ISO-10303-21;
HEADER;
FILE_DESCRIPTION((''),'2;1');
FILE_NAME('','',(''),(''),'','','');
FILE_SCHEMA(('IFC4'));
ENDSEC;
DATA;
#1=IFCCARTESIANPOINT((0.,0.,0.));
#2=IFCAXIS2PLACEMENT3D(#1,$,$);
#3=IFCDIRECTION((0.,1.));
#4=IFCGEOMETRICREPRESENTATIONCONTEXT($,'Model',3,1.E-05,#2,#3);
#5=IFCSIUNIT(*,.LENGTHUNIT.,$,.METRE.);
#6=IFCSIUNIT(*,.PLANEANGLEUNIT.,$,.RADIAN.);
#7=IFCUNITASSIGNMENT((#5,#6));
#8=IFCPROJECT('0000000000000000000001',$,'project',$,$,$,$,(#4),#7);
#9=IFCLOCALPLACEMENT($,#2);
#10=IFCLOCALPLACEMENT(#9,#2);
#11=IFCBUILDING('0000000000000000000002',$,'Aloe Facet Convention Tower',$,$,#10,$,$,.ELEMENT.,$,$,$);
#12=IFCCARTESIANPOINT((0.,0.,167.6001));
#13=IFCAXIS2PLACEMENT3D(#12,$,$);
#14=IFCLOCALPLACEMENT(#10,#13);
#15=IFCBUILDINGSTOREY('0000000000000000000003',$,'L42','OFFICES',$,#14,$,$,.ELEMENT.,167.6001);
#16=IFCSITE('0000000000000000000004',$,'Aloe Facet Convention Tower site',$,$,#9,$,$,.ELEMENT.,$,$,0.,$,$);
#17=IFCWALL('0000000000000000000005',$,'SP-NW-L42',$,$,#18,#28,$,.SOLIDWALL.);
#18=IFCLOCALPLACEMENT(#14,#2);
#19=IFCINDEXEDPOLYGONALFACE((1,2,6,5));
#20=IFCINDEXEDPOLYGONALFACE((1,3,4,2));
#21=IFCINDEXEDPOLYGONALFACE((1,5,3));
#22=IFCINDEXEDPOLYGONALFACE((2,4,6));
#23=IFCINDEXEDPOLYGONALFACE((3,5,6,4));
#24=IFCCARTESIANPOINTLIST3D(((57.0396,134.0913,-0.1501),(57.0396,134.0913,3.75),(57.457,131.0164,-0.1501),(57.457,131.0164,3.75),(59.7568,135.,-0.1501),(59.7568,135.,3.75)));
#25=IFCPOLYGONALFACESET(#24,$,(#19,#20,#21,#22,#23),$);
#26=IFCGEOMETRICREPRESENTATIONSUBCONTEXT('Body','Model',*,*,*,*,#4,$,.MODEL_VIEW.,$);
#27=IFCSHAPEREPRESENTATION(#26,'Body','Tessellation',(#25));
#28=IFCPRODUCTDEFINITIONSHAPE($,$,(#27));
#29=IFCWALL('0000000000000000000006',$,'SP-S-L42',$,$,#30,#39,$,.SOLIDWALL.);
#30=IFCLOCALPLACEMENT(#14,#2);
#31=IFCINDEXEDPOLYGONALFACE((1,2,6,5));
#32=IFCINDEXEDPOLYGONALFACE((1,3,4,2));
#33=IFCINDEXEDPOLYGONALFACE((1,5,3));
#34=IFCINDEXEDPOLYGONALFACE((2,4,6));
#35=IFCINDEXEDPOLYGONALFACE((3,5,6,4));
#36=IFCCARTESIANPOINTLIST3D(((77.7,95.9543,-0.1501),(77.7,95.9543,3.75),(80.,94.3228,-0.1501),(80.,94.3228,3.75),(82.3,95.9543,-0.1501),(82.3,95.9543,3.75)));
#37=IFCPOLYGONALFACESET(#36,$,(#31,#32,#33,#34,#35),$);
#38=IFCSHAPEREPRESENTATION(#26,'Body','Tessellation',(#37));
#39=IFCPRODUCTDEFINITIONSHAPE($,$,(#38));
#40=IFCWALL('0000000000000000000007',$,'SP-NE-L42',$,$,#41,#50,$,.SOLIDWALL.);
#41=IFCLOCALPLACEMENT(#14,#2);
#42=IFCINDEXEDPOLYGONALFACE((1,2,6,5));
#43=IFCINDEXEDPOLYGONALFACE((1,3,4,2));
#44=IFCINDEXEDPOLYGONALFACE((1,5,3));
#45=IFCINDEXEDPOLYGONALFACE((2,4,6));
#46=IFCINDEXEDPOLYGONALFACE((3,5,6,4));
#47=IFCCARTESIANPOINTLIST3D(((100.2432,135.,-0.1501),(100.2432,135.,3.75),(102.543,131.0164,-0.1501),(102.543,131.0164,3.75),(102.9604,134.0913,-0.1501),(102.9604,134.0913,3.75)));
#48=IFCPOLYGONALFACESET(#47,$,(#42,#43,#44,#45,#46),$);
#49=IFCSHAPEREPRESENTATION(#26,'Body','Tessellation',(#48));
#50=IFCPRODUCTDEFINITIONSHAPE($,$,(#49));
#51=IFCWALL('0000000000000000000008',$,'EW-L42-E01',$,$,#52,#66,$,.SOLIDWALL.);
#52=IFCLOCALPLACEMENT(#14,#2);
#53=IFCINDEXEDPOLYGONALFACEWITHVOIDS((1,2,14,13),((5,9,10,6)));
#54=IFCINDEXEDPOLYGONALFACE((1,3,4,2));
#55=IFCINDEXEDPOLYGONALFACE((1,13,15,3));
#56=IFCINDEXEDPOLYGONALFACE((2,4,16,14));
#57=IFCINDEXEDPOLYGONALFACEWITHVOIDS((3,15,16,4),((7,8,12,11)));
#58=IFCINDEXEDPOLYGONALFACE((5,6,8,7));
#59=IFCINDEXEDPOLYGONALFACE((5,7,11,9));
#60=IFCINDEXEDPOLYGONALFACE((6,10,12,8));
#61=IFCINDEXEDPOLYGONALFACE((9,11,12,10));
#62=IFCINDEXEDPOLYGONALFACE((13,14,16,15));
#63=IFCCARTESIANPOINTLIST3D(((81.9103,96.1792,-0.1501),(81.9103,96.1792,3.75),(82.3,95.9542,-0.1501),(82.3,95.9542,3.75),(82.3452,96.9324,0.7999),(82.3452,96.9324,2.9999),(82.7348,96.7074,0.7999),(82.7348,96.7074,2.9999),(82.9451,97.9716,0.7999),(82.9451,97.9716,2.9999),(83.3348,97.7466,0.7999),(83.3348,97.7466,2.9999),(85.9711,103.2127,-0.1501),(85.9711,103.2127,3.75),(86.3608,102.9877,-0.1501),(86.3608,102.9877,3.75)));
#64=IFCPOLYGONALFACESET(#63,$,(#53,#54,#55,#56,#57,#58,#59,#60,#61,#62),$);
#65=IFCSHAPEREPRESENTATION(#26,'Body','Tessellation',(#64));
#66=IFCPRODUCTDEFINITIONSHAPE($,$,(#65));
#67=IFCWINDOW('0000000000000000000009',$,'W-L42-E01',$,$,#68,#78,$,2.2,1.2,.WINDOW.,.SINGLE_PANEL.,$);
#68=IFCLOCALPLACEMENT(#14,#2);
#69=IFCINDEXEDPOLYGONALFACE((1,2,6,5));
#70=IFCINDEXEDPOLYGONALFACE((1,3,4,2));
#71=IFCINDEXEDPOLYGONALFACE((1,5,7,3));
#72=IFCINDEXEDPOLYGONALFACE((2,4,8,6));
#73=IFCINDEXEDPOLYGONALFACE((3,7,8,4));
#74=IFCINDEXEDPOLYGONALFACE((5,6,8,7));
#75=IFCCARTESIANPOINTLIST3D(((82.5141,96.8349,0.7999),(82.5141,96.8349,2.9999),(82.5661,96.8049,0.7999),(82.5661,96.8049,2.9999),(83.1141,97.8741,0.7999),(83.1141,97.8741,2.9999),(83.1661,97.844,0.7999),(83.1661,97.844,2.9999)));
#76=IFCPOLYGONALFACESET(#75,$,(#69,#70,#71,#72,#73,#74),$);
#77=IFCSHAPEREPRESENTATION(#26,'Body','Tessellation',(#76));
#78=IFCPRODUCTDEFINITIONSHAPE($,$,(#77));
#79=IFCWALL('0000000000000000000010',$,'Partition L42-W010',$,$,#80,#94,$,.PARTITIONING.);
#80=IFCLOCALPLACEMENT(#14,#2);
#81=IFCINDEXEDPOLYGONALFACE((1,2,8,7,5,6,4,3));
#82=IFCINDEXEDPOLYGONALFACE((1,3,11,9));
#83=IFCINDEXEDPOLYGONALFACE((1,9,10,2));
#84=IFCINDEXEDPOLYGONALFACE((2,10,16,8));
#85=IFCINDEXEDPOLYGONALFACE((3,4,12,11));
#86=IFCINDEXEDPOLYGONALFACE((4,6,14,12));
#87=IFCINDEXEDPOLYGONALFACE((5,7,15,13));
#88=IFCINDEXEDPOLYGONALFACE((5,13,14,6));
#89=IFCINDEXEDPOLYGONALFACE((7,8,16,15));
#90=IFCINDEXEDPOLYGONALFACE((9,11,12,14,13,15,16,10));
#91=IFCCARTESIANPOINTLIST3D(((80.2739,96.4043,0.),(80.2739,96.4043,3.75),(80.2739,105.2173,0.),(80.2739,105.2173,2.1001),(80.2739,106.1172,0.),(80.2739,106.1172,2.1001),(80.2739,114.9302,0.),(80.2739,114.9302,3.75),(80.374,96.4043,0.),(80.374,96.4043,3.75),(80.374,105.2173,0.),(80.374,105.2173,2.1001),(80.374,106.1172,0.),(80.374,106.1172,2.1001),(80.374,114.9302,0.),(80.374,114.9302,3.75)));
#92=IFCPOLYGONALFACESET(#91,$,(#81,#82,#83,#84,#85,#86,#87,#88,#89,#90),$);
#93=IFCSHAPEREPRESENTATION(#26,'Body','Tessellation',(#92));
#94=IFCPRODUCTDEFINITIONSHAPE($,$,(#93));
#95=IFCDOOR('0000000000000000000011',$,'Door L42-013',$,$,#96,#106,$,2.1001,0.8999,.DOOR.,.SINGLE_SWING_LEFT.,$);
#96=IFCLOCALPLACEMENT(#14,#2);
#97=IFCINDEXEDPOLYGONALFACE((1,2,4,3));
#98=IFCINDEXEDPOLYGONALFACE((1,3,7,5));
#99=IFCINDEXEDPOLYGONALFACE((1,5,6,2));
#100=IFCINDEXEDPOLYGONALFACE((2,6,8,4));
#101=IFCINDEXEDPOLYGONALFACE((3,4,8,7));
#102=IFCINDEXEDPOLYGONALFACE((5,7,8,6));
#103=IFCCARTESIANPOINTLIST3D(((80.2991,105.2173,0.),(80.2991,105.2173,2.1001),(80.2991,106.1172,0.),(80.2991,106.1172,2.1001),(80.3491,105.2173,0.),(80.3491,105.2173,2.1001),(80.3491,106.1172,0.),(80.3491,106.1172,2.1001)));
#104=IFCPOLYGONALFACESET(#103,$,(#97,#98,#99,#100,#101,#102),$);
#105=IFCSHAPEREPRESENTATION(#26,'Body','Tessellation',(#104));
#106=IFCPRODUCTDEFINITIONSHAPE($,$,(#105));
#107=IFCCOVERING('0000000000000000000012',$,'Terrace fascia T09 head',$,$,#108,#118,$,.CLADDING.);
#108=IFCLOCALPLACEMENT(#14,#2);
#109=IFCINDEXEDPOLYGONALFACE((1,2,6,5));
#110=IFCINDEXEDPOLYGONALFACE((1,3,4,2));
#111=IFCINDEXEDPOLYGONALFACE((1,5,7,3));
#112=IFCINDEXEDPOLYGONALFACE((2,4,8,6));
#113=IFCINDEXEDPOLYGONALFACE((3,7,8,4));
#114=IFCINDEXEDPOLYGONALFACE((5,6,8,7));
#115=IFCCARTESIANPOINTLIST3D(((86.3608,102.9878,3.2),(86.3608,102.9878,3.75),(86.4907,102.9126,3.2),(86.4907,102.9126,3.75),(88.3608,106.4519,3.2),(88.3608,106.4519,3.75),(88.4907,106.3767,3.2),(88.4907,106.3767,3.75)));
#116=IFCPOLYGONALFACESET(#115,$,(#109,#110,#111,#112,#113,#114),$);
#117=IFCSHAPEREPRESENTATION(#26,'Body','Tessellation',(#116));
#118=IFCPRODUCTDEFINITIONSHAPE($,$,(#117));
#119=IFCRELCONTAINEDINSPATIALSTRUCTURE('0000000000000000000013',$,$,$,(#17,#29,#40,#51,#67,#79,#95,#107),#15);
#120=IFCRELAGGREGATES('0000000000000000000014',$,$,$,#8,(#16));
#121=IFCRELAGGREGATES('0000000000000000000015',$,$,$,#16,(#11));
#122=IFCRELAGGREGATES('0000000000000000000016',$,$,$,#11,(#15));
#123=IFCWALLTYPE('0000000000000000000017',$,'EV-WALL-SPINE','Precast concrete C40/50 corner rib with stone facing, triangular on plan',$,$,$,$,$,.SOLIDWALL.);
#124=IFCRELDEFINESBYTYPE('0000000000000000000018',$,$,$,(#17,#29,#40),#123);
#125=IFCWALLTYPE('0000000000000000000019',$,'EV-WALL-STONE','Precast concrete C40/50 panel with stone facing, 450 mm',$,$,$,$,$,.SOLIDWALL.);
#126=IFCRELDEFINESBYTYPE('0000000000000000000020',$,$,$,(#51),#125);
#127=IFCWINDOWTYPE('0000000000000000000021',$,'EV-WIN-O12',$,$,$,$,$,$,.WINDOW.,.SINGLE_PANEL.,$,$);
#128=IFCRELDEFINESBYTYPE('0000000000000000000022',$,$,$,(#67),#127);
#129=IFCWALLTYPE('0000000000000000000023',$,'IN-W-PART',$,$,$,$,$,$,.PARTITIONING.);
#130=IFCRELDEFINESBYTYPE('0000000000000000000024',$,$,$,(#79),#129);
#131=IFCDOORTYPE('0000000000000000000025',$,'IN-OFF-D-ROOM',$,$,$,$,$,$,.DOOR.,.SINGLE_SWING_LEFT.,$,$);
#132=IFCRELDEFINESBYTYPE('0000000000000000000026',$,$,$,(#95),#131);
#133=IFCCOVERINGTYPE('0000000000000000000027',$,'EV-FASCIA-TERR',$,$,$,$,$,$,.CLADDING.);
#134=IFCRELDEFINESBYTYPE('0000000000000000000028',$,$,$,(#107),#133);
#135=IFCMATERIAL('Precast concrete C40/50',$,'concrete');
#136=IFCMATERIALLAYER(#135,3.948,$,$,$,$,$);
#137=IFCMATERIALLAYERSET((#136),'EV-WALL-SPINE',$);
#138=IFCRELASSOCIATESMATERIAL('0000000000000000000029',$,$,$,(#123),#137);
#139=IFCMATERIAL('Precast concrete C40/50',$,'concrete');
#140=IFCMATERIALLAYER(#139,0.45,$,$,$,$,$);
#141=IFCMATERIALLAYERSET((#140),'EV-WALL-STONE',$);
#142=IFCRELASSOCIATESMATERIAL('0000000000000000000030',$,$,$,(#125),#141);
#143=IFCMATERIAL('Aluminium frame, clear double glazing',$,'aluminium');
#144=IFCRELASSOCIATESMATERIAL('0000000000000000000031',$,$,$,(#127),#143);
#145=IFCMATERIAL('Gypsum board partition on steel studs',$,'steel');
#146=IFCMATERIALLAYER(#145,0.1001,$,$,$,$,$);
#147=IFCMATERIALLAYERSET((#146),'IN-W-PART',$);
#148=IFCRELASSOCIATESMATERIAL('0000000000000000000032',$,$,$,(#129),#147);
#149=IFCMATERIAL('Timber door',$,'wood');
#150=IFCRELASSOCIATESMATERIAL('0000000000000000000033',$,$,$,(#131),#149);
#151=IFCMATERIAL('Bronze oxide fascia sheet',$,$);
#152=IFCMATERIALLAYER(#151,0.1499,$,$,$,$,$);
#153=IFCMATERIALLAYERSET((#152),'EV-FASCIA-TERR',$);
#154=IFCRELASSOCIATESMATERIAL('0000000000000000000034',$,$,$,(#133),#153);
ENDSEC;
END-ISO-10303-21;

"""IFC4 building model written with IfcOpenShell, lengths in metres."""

from ifc_helpers import new_model, si_unit, direction, frame, frame_2d, origin, place, context, subcontext, project, spatial, polyline, rectangle, outline, extrude, material, layer, layer_set, type_object, element, fill, save


model = new_model("IFC4")

# Units and contexts
model_context = context("Model", 3, precision=1e-05, world=origin(), true_north=direction((0.0, 1.0)))
body_context = subcontext(model_context, "Body", "Model", "MODEL_VIEW")
ifc_project = project(units=[si_unit("LENGTHUNIT", "METRE"), si_unit("PLANEANGLEUNIT", "RADIAN")], contexts=[model_context])

# Site, building, storey
site_placement = place(None, origin())
site = spatial("IfcSite", under=ifc_project, at=site_placement, Name="Aloe Facet Convention Tower site", CompositionType="ELEMENT", RefElevation=0.0)
building_placement = place(site_placement, origin())
building = spatial("IfcBuilding", under=site, at=building_placement, Name="Aloe Facet Convention Tower", CompositionType="ELEMENT")
storey_placement = place(building_placement, frame((0.0, 0.0, 167.6001)))
storey = spatial("IfcBuildingStorey", under=building, at=storey_placement, Name="L42", Description="OFFICES", CompositionType="ELEMENT", Elevation=167.6001)

# Walls
ifc_material_1 = material(Name="Precast concrete C40/50", Category="concrete")
ifc_layer_1 = layer(ifc_material_1, 3.948)
ifc_layer_set_1 = layer_set([ifc_layer_1], Name="EV-WALL-SPINE")
wall_type_1 = type_object("IfcWallType", Name="EV-WALL-SPINE", Description="Precast concrete C40/50 corner rib with stone facing, triangular on plan", PredefinedType="SOLIDWALL", material=ifc_layer_set_1)
wall_1_placement = place(storey_placement, frame((0.0, 0.0, -0.1501)))
element("IfcWall", 1, at=wall_1_placement, inside=storey, type_object=wall_type_1, Name="SP-NW-L42", PredefinedType="SOLIDWALL", context=body_context, shape_type="SweptSolid", body=[
    extrude(outline(polyline([(59.7568, 135.0), (57.0396, 134.0913), (57.457, 131.0164), (59.7568, 135.0)])), origin(), (0.0, 0.0, 1.0), 3.9001),
])
wall_2_placement = place(storey_placement, frame((0.0, 0.0, -0.1501)))
element("IfcWall", 2, at=wall_2_placement, inside=storey, type_object=wall_type_1, Name="SP-S-L42", PredefinedType="SOLIDWALL", context=body_context, shape_type="SweptSolid", body=[
    extrude(outline(polyline([(77.7, 95.9543), (80.0, 94.3228), (82.3, 95.9543), (77.7, 95.9543)])), origin(), (0.0, 0.0, 1.0), 3.9001),
])
wall_3_placement = place(storey_placement, frame((0.0, 0.0, -0.1501)))
element("IfcWall", 3, at=wall_3_placement, inside=storey, type_object=wall_type_1, Name="SP-NE-L42", PredefinedType="SOLIDWALL", context=body_context, shape_type="SweptSolid", body=[
    extrude(outline(polyline([(102.543, 131.0164), (102.9604, 134.0913), (100.2432, 135.0), (102.543, 131.0164)])), origin(), (0.0, 0.0, 1.0), 3.9001),
])

# Wall, opening, window
ifc_material_2 = material(Name="Precast concrete C40/50", Category="concrete")
ifc_layer_2 = layer(ifc_material_2, 0.45)
ifc_layer_set_2 = layer_set([ifc_layer_2], Name="EV-WALL-STONE")
wall_type_2 = type_object("IfcWallType", Name="EV-WALL-STONE", Description="Precast concrete C40/50 panel with stone facing, 450 mm", PredefinedType="SOLIDWALL", material=ifc_layer_set_2)
wall_4_placement = place(storey_placement, frame((82.1052, 96.0667, -0.1501), z_axis=(0.0, 0.0, 1.0), x_axis=(0.500003, 0.866024, 0.0)))
wall_4 = element("IfcWall", 4, at=wall_4_placement, inside=storey, type_object=wall_type_2, Name="EW-L42-E01", PredefinedType="SOLIDWALL", context=body_context, shape_type="SweptSolid", body=[
    extrude(outline(polyline([(0.0, 0.0), (0.0, 3.9001), (8.1216, 3.9001), (8.1216, 0.0), (0.0, 0.0)])), frame((0.0, 0.2251, 0.0), z_axis=(0.0, -1.0, 0.0), x_axis=(1.0, 0.0, 0.0)), (0.0, 0.0, 1.0), 0.45),
])
opening_1_placement = place(wall_4_placement, frame((0.8696, 0.0, 0.95)))
opening_1 = element("IfcOpeningElement", 5, at=opening_1_placement, cuts=wall_4, PredefinedType="OPENING", context=body_context, shape_type="SweptSolid", body=[
    extrude(rectangle(XDim=1.2, YDim=2.2, at=frame_2d((0.6001, 1.1001))), frame((0.0, 0.2349, 0.0), z_axis=(0.0, -1.0, 0.0), x_axis=(1.0, 0.0, 0.0)), (0.0, 0.0, 1.0), 0.47),
])
ifc_material_3 = material(Name="Aluminium frame, clear double glazing", Category="aluminium")
window_type = type_object("IfcWindowType", Name="EV-WIN-O12", PartitioningType="SINGLE_PANEL", PredefinedType="WINDOW", material=ifc_material_3)
window_placement = place(opening_1_placement, origin())
window = element("IfcWindow", 6, at=window_placement, inside=storey, type_object=window_type, Name="W-L42-E01", OverallHeight=2.2, OverallWidth=1.2, PartitioningType="SINGLE_PANEL", PredefinedType="WINDOW", context=body_context, shape_type="SweptSolid", body=[
    extrude(rectangle(XDim=1.2, YDim=2.2, at=frame_2d((0.6001, 1.1001))), frame((0.0, 0.03, 0.0), z_axis=(0.0, -1.0, 0.0), x_axis=(1.0, 0.0, 0.0)), (0.0, 0.0, 1.0), 0.0601),
])
fill(opening_1, window)

# Wall, opening, door
ifc_material_4 = material(Name="Gypsum board partition on steel studs", Category="steel")
ifc_layer_3 = layer(ifc_material_4, 0.1001)
ifc_layer_set_3 = layer_set([ifc_layer_3], Name="IN-W-PART")
wall_type_3 = type_object("IfcWallType", Name="IN-W-PART", PredefinedType="PARTITIONING", material=ifc_layer_set_3)
wall_5_placement = place(storey_placement, frame((80.324, 96.4043, 0.0), z_axis=(0.0, 0.0, 1.0), x_axis=(0.0, 1.0, 0.0)))
wall_5 = element("IfcWall", 7, at=wall_5_placement, inside=storey, type_object=wall_type_3, Name="Partition L42-W010", PredefinedType="PARTITIONING", context=body_context, shape_type="SweptSolid", body=[
    extrude(rectangle(XDim=18.5259, YDim=0.1001, at=frame_2d((9.2629, 0.0))), origin(), (0.0, 0.0, 1.0), 3.75),
])
opening_2_placement = place(wall_5_placement, frame((8.813, 0.0, 0.0)))
opening_2 = element("IfcOpeningElement", 8, at=opening_2_placement, cuts=wall_5, PredefinedType="OPENING", context=body_context, shape_type="SweptSolid", body=[
    extrude(rectangle(XDim=0.8999, YDim=2.1001, at=frame_2d((0.45, 1.05))), frame((0.0, 0.0601, 0.0), z_axis=(0.0, -1.0, 0.0), x_axis=(1.0, 0.0, 0.0)), (0.0, 0.0, 1.0), 0.1201),
])
ifc_material_5 = material(Name="Timber door", Category="wood")
door_type = type_object("IfcDoorType", Name="IN-OFF-D-ROOM", OperationType="SINGLE_SWING_LEFT", PredefinedType="DOOR", material=ifc_material_5)
door_placement = place(opening_2_placement, origin())
door = element("IfcDoor", 9, at=door_placement, inside=storey, type_object=door_type, Name="Door L42-013", OperationType="SINGLE_SWING_LEFT", OverallHeight=2.1001, OverallWidth=0.8999, PredefinedType="DOOR", context=body_context, shape_type="SweptSolid", body=[
    extrude(rectangle(XDim=0.8999, YDim=2.1001, at=frame_2d((0.45, 1.05))), frame((0.0, 0.0249, 0.0), z_axis=(0.0, -1.0, 0.0), x_axis=(1.0, 0.0, 0.0)), (0.0, 0.0, 1.0), 0.05),
])
fill(opening_2, door)

# Covering
ifc_material_6 = material(Name="Bronze oxide fascia sheet")
ifc_layer_4 = layer(ifc_material_6, 0.1499)
ifc_layer_set_4 = layer_set([ifc_layer_4], Name="EV-FASCIA-TERR")
covering_type = type_object("IfcCoveringType", Name="EV-FASCIA-TERR", PredefinedType="CLADDING", material=ifc_layer_set_4)
covering_placement = place(storey_placement, frame((0.0, 0.0, 3.2)))
element("IfcCovering", 10, at=covering_placement, inside=storey, type_object=covering_type, Name="Terrace fascia T09 head", PredefinedType="CLADDING", context=body_context, shape_type="SweptSolid", body=[
    extrude(outline(polyline([(86.4907, 102.9126), (88.4907, 106.3767), (88.3608, 106.4519), (86.3608, 102.9878), (86.4907, 102.9126)])), origin(), (0.0, 0.0, 1.0), 0.55),
])

save(model, "model.ifc")
